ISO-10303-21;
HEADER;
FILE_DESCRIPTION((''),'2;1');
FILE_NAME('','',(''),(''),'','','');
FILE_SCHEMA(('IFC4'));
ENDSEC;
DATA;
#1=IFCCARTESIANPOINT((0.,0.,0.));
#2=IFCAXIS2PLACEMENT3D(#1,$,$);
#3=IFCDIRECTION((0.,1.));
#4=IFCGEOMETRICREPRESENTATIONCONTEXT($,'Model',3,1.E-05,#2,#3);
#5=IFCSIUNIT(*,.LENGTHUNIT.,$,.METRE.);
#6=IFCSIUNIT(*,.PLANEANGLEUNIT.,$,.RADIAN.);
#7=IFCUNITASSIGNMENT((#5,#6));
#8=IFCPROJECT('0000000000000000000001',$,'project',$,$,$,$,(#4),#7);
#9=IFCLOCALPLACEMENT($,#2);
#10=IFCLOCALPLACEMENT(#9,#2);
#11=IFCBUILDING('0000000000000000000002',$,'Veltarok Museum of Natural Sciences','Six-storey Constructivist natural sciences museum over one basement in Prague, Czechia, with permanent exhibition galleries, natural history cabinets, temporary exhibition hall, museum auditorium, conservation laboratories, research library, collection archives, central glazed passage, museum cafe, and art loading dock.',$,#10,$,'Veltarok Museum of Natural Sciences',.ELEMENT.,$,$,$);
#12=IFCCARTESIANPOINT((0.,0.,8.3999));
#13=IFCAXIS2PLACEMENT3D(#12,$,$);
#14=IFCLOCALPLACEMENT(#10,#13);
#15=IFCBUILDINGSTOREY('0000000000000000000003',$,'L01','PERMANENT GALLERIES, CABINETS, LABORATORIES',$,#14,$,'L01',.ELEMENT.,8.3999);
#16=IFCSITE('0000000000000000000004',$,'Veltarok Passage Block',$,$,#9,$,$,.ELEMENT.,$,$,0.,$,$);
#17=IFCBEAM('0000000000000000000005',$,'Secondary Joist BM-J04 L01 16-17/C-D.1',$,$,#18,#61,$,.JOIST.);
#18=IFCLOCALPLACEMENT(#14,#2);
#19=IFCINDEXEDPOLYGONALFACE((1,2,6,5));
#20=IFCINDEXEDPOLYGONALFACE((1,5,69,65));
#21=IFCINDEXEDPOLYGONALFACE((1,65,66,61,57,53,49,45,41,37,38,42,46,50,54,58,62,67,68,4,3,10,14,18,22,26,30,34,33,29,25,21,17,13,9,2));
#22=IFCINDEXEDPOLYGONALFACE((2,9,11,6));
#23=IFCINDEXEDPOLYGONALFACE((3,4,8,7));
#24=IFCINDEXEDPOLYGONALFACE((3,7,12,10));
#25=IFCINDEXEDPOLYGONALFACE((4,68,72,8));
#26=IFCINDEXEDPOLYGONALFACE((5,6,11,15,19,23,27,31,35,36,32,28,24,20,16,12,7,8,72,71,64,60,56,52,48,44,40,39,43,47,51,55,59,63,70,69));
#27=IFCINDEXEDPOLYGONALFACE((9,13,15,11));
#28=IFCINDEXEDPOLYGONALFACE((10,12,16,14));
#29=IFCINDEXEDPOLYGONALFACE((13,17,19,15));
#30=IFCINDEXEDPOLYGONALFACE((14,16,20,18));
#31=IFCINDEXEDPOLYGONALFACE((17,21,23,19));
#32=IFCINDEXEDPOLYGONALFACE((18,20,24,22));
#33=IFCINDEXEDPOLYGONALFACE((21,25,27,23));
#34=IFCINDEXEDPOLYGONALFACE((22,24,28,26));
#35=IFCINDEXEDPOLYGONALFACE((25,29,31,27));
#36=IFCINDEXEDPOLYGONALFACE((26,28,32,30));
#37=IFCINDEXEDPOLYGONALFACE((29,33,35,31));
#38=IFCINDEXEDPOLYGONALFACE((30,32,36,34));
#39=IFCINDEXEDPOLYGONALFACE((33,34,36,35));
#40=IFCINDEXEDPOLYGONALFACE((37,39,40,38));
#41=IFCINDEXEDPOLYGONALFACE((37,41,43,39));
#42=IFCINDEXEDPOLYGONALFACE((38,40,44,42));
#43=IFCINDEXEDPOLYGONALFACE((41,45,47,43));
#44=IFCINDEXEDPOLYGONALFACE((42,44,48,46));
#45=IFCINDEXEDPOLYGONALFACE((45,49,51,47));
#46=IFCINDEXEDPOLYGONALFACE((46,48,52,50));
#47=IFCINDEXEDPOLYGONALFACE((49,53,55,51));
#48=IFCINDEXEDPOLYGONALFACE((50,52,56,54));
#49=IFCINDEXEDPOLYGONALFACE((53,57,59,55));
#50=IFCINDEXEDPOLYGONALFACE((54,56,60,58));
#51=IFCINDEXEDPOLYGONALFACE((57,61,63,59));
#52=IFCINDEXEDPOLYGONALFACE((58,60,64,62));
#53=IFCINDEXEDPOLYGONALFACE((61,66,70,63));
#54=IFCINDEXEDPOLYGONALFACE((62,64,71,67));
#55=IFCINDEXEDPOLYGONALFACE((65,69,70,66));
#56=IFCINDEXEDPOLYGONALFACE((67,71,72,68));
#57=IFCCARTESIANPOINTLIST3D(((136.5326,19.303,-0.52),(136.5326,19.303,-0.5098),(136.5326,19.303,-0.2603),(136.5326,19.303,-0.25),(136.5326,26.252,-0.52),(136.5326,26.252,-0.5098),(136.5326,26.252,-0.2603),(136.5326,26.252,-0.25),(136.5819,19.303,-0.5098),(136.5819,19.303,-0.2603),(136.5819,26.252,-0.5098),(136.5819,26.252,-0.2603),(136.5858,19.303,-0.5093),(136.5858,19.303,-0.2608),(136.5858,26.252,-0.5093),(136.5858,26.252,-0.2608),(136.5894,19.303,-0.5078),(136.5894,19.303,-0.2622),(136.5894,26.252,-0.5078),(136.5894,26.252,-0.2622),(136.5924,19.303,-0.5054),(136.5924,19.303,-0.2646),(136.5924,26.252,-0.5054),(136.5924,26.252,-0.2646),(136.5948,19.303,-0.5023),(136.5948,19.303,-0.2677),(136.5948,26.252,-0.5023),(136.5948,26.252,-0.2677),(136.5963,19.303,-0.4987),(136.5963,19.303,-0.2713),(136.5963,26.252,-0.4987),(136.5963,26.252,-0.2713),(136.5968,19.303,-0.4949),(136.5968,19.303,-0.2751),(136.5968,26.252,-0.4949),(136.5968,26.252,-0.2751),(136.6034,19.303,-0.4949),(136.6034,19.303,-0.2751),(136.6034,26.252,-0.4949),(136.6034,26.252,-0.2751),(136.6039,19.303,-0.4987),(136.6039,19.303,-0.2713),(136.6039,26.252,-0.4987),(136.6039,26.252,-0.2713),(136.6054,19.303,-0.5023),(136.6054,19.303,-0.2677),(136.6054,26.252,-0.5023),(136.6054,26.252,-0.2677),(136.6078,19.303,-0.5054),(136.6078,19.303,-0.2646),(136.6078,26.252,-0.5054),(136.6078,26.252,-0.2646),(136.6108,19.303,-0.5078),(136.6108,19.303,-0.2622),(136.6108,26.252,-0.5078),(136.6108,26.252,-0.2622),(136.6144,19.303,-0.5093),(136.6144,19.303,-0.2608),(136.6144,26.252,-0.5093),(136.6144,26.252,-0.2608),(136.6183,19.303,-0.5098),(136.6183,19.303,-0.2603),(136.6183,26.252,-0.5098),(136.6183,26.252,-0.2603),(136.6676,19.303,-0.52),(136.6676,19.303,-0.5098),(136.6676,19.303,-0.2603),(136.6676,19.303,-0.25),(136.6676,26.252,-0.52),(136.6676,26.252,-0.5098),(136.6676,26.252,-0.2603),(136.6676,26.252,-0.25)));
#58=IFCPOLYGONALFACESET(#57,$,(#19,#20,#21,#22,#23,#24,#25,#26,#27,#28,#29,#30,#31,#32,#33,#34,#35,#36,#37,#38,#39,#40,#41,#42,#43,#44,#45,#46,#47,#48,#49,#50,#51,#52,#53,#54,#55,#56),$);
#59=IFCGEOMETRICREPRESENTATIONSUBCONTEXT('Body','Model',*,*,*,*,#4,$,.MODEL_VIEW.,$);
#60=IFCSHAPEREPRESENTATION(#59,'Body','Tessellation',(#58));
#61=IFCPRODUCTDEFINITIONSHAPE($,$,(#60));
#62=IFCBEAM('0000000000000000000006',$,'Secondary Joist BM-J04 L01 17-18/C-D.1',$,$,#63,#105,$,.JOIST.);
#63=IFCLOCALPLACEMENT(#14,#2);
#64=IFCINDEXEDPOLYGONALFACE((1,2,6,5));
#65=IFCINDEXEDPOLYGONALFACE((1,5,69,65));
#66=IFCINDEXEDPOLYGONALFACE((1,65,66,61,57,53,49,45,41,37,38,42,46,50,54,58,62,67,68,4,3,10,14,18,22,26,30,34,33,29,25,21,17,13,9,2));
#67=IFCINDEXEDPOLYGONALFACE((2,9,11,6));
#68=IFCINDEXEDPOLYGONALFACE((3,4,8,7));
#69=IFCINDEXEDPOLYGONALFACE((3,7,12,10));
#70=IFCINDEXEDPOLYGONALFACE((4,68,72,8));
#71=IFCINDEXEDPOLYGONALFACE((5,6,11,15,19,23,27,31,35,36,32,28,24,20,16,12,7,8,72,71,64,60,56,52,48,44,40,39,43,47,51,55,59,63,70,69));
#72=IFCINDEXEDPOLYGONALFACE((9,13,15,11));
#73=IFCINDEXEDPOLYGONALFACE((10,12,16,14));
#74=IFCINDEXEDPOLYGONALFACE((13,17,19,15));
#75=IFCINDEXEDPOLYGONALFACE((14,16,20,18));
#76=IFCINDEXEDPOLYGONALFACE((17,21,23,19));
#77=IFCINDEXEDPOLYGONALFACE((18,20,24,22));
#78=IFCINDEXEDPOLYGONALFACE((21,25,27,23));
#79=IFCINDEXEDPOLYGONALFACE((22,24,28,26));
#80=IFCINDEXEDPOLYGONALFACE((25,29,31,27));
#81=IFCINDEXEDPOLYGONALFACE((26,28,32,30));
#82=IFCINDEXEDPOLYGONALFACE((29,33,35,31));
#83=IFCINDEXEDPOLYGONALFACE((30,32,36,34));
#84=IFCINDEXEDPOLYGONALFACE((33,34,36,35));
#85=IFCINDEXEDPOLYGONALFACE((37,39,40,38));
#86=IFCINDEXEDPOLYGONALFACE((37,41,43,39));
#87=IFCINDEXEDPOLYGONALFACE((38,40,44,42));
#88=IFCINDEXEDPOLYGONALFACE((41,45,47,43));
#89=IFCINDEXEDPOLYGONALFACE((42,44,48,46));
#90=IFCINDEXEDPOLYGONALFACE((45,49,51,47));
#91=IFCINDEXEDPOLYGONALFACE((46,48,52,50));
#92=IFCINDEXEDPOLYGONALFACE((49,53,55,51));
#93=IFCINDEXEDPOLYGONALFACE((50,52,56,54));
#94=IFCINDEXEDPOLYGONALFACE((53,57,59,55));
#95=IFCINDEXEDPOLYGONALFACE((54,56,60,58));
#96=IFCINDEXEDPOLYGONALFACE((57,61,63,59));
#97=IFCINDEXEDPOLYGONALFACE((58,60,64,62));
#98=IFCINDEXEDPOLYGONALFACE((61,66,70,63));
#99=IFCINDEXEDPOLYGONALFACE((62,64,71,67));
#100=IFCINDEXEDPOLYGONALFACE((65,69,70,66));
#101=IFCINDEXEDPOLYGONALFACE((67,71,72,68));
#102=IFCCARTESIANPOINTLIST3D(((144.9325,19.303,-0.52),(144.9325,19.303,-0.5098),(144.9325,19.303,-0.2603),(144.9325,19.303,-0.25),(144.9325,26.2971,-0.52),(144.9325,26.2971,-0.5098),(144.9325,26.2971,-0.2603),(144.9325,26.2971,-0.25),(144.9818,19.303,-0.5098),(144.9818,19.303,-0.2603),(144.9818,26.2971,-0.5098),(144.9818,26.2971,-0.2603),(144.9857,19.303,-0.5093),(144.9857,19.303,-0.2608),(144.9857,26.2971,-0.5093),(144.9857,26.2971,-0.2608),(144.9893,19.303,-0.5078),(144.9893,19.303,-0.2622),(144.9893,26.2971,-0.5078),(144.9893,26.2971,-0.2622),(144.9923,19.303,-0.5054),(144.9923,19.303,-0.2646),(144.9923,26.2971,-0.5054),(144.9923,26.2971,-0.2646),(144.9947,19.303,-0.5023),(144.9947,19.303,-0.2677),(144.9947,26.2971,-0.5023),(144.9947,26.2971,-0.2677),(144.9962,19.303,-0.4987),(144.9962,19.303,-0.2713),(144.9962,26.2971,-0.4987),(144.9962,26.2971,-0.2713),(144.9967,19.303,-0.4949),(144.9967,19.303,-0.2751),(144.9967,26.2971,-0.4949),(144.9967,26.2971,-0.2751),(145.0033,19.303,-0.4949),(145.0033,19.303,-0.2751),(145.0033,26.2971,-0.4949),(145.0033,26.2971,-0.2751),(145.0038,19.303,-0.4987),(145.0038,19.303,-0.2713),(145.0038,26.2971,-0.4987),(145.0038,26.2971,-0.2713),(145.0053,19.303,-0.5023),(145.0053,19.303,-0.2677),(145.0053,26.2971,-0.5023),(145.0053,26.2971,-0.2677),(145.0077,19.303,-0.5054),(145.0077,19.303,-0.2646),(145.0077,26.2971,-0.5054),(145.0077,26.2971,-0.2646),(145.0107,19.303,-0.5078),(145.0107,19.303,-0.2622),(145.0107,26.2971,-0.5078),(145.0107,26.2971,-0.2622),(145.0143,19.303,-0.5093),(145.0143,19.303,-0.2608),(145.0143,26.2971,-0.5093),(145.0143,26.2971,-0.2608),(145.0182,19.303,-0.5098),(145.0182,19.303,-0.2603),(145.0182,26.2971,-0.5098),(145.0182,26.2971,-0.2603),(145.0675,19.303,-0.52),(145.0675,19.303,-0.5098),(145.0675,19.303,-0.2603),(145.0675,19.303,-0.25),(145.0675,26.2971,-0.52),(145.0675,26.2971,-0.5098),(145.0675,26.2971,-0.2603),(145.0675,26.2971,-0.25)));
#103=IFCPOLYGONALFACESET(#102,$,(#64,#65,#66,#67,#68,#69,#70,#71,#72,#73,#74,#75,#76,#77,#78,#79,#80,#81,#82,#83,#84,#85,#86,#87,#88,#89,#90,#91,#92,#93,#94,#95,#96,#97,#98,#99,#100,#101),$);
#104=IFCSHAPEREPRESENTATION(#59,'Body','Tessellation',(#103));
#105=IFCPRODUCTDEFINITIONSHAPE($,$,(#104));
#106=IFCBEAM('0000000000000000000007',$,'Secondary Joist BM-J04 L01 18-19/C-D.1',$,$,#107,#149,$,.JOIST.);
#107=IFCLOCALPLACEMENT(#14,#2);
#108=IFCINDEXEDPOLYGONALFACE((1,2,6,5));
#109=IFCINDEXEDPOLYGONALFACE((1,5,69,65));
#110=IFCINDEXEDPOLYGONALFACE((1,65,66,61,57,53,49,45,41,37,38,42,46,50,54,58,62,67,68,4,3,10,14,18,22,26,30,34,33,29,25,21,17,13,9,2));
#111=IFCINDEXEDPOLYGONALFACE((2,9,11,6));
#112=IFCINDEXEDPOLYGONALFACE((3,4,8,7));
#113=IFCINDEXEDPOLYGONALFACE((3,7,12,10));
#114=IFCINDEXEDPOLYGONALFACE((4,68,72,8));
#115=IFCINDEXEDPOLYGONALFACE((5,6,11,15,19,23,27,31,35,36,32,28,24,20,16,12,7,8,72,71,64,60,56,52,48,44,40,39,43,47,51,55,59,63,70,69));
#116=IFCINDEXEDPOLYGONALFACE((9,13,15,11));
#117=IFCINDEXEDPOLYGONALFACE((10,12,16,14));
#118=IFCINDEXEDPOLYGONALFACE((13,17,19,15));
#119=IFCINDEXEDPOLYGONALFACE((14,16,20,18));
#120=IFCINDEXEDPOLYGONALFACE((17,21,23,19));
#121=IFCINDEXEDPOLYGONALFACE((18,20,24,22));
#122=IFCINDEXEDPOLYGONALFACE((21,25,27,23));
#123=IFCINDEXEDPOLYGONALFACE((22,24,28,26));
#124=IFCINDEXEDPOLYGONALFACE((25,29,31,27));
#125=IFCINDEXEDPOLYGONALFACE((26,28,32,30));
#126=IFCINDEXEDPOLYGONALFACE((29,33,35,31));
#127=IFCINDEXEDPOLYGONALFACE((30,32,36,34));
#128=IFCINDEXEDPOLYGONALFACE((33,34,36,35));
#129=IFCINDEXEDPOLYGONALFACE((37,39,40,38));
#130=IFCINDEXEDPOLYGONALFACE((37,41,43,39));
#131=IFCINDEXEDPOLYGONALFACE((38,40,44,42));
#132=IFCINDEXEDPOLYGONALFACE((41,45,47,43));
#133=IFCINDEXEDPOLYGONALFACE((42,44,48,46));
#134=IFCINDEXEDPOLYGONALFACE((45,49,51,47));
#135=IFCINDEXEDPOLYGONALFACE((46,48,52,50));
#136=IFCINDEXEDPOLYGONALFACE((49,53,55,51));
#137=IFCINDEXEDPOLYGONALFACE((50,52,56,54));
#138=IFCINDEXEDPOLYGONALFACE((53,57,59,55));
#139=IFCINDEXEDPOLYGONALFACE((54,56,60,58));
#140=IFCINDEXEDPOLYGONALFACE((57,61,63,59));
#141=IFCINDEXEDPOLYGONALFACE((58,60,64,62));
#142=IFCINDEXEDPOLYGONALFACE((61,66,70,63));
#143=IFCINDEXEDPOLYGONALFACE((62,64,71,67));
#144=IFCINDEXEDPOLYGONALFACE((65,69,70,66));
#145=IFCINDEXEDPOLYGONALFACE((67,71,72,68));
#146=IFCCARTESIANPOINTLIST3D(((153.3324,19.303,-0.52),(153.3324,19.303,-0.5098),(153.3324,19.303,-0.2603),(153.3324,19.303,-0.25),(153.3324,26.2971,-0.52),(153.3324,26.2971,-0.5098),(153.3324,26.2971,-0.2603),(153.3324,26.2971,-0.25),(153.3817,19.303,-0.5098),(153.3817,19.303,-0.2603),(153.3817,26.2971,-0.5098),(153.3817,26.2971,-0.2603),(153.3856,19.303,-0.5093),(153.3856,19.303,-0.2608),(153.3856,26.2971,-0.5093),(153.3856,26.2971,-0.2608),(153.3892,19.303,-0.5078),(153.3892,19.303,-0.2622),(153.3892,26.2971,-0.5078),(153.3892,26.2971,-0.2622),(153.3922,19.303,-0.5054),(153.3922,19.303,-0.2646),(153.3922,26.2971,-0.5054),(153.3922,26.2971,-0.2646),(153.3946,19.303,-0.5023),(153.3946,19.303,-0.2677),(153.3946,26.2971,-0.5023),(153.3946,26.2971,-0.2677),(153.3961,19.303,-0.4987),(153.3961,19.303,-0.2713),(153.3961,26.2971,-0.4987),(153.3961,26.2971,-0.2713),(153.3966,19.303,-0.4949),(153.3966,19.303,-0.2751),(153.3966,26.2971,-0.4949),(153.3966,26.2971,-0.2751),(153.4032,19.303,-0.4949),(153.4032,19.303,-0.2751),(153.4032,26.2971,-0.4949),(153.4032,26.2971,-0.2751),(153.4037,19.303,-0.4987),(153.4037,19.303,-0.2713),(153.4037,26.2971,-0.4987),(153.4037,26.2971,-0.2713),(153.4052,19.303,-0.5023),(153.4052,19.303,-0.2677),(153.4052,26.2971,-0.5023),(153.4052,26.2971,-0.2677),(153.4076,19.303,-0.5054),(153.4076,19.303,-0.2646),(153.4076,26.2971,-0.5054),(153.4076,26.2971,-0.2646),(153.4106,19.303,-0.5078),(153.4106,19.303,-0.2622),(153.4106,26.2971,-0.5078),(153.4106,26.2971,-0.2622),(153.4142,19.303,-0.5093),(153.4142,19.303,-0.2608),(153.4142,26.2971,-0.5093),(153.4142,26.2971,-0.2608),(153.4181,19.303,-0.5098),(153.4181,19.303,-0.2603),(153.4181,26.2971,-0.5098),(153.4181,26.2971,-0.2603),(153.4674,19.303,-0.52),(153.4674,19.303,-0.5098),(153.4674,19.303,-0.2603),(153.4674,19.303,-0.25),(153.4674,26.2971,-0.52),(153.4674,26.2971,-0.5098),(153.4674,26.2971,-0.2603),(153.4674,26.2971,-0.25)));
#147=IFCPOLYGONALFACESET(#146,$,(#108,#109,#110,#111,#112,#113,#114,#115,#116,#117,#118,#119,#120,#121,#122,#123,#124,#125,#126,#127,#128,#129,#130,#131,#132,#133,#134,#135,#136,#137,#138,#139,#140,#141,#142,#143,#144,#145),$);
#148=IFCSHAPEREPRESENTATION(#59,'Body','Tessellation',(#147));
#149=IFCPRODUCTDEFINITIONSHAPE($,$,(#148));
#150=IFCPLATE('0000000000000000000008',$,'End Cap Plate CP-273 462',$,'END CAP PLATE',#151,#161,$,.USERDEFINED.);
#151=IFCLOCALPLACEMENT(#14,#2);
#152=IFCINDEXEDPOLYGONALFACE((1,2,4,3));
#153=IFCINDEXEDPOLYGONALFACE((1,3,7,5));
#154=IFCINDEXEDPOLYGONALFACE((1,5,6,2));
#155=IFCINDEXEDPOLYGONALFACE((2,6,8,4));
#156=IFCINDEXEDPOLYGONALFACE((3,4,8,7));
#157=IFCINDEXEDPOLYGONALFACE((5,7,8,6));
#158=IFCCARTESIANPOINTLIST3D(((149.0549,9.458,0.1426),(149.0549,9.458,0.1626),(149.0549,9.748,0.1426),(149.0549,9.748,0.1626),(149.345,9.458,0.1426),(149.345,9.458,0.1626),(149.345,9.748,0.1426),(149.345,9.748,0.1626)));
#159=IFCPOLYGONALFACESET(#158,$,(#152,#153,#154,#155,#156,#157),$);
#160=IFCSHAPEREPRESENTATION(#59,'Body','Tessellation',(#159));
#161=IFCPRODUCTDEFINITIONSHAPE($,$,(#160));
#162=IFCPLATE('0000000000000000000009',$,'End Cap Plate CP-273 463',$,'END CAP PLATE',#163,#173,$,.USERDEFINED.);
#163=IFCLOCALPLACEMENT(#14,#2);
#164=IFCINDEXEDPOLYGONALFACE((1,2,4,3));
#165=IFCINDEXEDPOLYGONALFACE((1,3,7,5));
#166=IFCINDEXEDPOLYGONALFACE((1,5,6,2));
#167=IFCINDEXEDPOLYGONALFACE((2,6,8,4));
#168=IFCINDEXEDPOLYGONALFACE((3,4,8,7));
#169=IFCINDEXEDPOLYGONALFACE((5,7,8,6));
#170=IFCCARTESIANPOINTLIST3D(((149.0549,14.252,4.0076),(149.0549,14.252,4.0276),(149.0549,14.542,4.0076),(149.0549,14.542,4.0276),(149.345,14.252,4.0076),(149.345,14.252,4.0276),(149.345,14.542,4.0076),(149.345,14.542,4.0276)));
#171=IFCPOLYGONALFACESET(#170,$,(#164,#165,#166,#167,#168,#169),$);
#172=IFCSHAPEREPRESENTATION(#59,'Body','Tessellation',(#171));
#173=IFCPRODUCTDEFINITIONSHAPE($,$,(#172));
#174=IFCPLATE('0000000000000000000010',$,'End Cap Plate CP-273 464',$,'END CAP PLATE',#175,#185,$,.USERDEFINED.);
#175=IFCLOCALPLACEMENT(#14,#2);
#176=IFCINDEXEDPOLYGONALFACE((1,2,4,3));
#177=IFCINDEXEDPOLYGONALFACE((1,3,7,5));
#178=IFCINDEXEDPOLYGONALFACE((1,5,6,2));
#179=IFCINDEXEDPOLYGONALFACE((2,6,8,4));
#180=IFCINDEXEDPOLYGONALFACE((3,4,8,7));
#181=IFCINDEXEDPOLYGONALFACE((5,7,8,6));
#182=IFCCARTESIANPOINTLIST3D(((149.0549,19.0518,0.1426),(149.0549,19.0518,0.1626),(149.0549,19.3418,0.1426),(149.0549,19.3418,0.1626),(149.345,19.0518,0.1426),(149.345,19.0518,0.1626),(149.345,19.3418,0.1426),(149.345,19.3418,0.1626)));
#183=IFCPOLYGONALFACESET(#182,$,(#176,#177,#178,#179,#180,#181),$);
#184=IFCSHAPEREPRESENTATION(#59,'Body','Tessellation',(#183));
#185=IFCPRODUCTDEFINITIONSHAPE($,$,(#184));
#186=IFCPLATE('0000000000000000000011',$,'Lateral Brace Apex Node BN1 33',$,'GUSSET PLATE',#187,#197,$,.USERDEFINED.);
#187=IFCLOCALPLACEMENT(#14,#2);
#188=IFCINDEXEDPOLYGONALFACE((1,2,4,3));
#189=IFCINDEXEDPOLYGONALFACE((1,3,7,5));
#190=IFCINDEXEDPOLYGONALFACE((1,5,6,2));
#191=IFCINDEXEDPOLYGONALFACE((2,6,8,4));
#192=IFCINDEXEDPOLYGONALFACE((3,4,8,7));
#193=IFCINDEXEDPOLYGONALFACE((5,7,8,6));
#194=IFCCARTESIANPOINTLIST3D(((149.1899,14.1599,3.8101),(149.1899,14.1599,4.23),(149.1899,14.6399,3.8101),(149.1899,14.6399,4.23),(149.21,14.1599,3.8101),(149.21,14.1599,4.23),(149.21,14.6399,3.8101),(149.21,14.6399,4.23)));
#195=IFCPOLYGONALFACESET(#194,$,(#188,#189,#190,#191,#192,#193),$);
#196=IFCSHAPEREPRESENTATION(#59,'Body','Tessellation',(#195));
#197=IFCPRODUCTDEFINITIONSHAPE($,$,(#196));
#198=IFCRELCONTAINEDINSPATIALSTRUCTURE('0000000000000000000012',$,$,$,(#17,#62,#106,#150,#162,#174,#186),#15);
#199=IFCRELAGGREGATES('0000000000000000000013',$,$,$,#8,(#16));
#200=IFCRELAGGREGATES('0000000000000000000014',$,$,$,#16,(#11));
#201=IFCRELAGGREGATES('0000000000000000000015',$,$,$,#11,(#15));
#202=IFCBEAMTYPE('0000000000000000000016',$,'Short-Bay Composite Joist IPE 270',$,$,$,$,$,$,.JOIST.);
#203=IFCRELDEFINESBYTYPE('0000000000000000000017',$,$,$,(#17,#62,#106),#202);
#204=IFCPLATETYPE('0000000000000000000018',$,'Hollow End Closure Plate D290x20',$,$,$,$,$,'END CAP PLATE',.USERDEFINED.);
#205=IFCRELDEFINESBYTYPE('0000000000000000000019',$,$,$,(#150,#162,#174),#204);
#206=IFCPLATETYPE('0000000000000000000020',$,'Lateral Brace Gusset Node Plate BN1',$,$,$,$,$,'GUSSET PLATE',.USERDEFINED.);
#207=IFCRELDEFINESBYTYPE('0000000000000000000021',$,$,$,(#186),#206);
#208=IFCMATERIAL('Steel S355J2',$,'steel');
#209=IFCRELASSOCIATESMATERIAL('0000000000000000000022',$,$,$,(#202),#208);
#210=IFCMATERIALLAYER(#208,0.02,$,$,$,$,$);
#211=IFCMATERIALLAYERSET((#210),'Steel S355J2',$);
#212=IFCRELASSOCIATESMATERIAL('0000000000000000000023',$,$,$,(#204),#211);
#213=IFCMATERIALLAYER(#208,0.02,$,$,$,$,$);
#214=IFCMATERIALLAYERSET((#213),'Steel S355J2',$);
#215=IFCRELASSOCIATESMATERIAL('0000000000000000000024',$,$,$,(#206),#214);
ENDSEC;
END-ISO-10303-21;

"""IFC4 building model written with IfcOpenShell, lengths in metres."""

from ifc_helpers import new_model, si_unit, direction, frame, origin, origin_2d, place, context, subcontext, project, spatial, rectangle, i_section, extrude, material, layer, layer_set, material_profile, profile_set, type_object, element, save


model = new_model("IFC4")

# Units and contexts
model_context = context("Model", 3, precision=1e-05, world=origin(), true_north=direction((0.0, 1.0)))
body_context = subcontext(model_context, "Body", "Model", "MODEL_VIEW")
ifc_project = project(units=[si_unit("LENGTHUNIT", "METRE"), si_unit("PLANEANGLEUNIT", "RADIAN")], contexts=[model_context])

# Site, building, storey
site_placement = place(None, origin())
site = spatial("IfcSite", under=ifc_project, at=site_placement, Name="Veltarok Passage Block", CompositionType="ELEMENT", RefElevation=0.0)
building_placement = place(site_placement, origin())
building = spatial("IfcBuilding", under=site, at=building_placement, Name="Veltarok Museum of Natural Sciences", Description="Six-storey Constructivist natural sciences museum over one basement in Prague, Czechia, with permanent exhibition galleries, natural history cabinets, temporary exhibition hall, museum auditorium, conservation laboratories, research library, collection archives, central glazed passage, museum cafe, and art loading dock.", LongName="Veltarok Museum of Natural Sciences", CompositionType="ELEMENT")
storey_placement = place(building_placement, frame((0.0, 0.0, 8.3999)))
storey = spatial("IfcBuildingStorey", under=building, at=storey_placement, Name="L01", Description="PERMANENT GALLERIES, CABINETS, LABORATORIES", LongName="L01", CompositionType="ELEMENT", Elevation=8.3999)

# Shared definitions
ifc_material_1 = material(Name="Steel S355J2", Category="steel")

# Beams
ifc_material_profile_1 = material_profile(ifc_material_1, i_section(OverallWidth=0.135, OverallDepth=0.27, WebThickness=0.0066, FlangeThickness=0.0103, FilletRadius=0.0149, at=origin_2d()), Name="IPE 270")
ifc_profile_set_1 = profile_set([ifc_material_profile_1], Name="Steel S355J2")
beam_type_1 = type_object("IfcBeamType", Name="Short-Bay Composite Joist IPE 270", PredefinedType="JOIST", material=ifc_profile_set_1)
beam_1_placement = place(storey_placement, frame((136.6001, 19.303, -0.385), z_axis=(0.0, 1.0, 0.0), x_axis=(-1.0, 0.0, 0.0)))
element("IfcBeam", 1, at=beam_1_placement, inside=storey, type_object=beam_type_1, Name="Secondary Joist BM-J04 L01 16-17/C-D.1", PredefinedType="JOIST", context=body_context, shape_type="SweptSolid", body=[
    extrude(i_section(OverallWidth=0.135, OverallDepth=0.27, WebThickness=0.0066, FlangeThickness=0.0103, FilletRadius=0.0149, at=origin_2d()), origin(), (0.0, 0.0, 1.0), 6.949),
])
for number, where, z_axis, x_axis, name in (
    (2, (145.0, 19.303, -0.385), (0.0, 1.0, 0.0), (-1.0, 0.0, 0.0), "Secondary Joist BM-J04 L01 17-18/C-D.1"),
    (3, (153.3999, 19.303, -0.385), (0.0, 1.0, 0.0), (-1.0, 0.0, 0.0), "Secondary Joist BM-J04 L01 18-19/C-D.1"),
):
    element("IfcBeam", number, at=place(storey_placement, frame(where, z_axis=z_axis, x_axis=x_axis)), inside=storey, type_object=beam_type_1, Name=name, PredefinedType="JOIST", context=body_context, shape_type="SweptSolid", body=[
        extrude(i_section(OverallWidth=0.135, OverallDepth=0.27, WebThickness=0.0066, FlangeThickness=0.0103, FilletRadius=0.0149, at=origin_2d()), origin(), (0.0, 0.0, 1.0), 6.9941),
    ])

# Plates
ifc_layer_1 = layer(ifc_material_1, 0.02)
ifc_layer_set_1 = layer_set([ifc_layer_1], Name="Steel S355J2")
plate_type_1 = type_object("IfcPlateType", Name="Hollow End Closure Plate D290x20", ElementType="END CAP PLATE", PredefinedType="USERDEFINED", material=ifc_layer_set_1)
for number, where, z_axis, x_axis, name in (
    (4, (149.2, 9.603, 0.1426), (0.0, 0.0, 1.0), (0.0, 1.0, 0.0), "End Cap Plate CP-273 462"),
    (5, (149.2, 14.397, 4.0076), (0.0, 0.0, 1.0), (0.0, 1.0, 0.0), "End Cap Plate CP-273 463"),
    (6, (149.2, 19.1968, 0.1426), (0.0, 0.0, 1.0), (0.0, 1.0, 0.0), "End Cap Plate CP-273 464"),
):
    element("IfcPlate", number, at=place(storey_placement, frame(where, z_axis=z_axis, x_axis=x_axis)), inside=storey, type_object=plate_type_1, Name=name, ObjectType="END CAP PLATE", PredefinedType="USERDEFINED", context=body_context, shape_type="SweptSolid", body=[
        extrude(rectangle(XDim=0.29, YDim=0.29, at=origin_2d()), origin(), (0.0, 0.0, 1.0), 0.02),
    ])
ifc_layer_2 = layer(ifc_material_1, 0.02)
ifc_layer_set_2 = layer_set([ifc_layer_2], Name="Steel S355J2")
plate_type_2 = type_object("IfcPlateType", Name="Lateral Brace Gusset Node Plate BN1", ElementType="GUSSET PLATE", PredefinedType="USERDEFINED", material=ifc_layer_set_2)
plate_placement = place(storey_placement, frame((149.2, 14.3999, 3.8101), z_axis=(0.0, 0.0, 1.0), x_axis=(1.0, 0.0, 0.0)))
element("IfcPlate", 7, at=plate_placement, inside=storey, type_object=plate_type_2, Name="Lateral Brace Apex Node BN1 33", ObjectType="GUSSET PLATE", PredefinedType="USERDEFINED", context=body_context, shape_type="SweptSolid", body=[
    extrude(rectangle(XDim=0.02, YDim=0.48, at=origin_2d()), origin(), (0.0, 0.0, 1.0), 0.4199),
])

save(model, "model.ifc")
